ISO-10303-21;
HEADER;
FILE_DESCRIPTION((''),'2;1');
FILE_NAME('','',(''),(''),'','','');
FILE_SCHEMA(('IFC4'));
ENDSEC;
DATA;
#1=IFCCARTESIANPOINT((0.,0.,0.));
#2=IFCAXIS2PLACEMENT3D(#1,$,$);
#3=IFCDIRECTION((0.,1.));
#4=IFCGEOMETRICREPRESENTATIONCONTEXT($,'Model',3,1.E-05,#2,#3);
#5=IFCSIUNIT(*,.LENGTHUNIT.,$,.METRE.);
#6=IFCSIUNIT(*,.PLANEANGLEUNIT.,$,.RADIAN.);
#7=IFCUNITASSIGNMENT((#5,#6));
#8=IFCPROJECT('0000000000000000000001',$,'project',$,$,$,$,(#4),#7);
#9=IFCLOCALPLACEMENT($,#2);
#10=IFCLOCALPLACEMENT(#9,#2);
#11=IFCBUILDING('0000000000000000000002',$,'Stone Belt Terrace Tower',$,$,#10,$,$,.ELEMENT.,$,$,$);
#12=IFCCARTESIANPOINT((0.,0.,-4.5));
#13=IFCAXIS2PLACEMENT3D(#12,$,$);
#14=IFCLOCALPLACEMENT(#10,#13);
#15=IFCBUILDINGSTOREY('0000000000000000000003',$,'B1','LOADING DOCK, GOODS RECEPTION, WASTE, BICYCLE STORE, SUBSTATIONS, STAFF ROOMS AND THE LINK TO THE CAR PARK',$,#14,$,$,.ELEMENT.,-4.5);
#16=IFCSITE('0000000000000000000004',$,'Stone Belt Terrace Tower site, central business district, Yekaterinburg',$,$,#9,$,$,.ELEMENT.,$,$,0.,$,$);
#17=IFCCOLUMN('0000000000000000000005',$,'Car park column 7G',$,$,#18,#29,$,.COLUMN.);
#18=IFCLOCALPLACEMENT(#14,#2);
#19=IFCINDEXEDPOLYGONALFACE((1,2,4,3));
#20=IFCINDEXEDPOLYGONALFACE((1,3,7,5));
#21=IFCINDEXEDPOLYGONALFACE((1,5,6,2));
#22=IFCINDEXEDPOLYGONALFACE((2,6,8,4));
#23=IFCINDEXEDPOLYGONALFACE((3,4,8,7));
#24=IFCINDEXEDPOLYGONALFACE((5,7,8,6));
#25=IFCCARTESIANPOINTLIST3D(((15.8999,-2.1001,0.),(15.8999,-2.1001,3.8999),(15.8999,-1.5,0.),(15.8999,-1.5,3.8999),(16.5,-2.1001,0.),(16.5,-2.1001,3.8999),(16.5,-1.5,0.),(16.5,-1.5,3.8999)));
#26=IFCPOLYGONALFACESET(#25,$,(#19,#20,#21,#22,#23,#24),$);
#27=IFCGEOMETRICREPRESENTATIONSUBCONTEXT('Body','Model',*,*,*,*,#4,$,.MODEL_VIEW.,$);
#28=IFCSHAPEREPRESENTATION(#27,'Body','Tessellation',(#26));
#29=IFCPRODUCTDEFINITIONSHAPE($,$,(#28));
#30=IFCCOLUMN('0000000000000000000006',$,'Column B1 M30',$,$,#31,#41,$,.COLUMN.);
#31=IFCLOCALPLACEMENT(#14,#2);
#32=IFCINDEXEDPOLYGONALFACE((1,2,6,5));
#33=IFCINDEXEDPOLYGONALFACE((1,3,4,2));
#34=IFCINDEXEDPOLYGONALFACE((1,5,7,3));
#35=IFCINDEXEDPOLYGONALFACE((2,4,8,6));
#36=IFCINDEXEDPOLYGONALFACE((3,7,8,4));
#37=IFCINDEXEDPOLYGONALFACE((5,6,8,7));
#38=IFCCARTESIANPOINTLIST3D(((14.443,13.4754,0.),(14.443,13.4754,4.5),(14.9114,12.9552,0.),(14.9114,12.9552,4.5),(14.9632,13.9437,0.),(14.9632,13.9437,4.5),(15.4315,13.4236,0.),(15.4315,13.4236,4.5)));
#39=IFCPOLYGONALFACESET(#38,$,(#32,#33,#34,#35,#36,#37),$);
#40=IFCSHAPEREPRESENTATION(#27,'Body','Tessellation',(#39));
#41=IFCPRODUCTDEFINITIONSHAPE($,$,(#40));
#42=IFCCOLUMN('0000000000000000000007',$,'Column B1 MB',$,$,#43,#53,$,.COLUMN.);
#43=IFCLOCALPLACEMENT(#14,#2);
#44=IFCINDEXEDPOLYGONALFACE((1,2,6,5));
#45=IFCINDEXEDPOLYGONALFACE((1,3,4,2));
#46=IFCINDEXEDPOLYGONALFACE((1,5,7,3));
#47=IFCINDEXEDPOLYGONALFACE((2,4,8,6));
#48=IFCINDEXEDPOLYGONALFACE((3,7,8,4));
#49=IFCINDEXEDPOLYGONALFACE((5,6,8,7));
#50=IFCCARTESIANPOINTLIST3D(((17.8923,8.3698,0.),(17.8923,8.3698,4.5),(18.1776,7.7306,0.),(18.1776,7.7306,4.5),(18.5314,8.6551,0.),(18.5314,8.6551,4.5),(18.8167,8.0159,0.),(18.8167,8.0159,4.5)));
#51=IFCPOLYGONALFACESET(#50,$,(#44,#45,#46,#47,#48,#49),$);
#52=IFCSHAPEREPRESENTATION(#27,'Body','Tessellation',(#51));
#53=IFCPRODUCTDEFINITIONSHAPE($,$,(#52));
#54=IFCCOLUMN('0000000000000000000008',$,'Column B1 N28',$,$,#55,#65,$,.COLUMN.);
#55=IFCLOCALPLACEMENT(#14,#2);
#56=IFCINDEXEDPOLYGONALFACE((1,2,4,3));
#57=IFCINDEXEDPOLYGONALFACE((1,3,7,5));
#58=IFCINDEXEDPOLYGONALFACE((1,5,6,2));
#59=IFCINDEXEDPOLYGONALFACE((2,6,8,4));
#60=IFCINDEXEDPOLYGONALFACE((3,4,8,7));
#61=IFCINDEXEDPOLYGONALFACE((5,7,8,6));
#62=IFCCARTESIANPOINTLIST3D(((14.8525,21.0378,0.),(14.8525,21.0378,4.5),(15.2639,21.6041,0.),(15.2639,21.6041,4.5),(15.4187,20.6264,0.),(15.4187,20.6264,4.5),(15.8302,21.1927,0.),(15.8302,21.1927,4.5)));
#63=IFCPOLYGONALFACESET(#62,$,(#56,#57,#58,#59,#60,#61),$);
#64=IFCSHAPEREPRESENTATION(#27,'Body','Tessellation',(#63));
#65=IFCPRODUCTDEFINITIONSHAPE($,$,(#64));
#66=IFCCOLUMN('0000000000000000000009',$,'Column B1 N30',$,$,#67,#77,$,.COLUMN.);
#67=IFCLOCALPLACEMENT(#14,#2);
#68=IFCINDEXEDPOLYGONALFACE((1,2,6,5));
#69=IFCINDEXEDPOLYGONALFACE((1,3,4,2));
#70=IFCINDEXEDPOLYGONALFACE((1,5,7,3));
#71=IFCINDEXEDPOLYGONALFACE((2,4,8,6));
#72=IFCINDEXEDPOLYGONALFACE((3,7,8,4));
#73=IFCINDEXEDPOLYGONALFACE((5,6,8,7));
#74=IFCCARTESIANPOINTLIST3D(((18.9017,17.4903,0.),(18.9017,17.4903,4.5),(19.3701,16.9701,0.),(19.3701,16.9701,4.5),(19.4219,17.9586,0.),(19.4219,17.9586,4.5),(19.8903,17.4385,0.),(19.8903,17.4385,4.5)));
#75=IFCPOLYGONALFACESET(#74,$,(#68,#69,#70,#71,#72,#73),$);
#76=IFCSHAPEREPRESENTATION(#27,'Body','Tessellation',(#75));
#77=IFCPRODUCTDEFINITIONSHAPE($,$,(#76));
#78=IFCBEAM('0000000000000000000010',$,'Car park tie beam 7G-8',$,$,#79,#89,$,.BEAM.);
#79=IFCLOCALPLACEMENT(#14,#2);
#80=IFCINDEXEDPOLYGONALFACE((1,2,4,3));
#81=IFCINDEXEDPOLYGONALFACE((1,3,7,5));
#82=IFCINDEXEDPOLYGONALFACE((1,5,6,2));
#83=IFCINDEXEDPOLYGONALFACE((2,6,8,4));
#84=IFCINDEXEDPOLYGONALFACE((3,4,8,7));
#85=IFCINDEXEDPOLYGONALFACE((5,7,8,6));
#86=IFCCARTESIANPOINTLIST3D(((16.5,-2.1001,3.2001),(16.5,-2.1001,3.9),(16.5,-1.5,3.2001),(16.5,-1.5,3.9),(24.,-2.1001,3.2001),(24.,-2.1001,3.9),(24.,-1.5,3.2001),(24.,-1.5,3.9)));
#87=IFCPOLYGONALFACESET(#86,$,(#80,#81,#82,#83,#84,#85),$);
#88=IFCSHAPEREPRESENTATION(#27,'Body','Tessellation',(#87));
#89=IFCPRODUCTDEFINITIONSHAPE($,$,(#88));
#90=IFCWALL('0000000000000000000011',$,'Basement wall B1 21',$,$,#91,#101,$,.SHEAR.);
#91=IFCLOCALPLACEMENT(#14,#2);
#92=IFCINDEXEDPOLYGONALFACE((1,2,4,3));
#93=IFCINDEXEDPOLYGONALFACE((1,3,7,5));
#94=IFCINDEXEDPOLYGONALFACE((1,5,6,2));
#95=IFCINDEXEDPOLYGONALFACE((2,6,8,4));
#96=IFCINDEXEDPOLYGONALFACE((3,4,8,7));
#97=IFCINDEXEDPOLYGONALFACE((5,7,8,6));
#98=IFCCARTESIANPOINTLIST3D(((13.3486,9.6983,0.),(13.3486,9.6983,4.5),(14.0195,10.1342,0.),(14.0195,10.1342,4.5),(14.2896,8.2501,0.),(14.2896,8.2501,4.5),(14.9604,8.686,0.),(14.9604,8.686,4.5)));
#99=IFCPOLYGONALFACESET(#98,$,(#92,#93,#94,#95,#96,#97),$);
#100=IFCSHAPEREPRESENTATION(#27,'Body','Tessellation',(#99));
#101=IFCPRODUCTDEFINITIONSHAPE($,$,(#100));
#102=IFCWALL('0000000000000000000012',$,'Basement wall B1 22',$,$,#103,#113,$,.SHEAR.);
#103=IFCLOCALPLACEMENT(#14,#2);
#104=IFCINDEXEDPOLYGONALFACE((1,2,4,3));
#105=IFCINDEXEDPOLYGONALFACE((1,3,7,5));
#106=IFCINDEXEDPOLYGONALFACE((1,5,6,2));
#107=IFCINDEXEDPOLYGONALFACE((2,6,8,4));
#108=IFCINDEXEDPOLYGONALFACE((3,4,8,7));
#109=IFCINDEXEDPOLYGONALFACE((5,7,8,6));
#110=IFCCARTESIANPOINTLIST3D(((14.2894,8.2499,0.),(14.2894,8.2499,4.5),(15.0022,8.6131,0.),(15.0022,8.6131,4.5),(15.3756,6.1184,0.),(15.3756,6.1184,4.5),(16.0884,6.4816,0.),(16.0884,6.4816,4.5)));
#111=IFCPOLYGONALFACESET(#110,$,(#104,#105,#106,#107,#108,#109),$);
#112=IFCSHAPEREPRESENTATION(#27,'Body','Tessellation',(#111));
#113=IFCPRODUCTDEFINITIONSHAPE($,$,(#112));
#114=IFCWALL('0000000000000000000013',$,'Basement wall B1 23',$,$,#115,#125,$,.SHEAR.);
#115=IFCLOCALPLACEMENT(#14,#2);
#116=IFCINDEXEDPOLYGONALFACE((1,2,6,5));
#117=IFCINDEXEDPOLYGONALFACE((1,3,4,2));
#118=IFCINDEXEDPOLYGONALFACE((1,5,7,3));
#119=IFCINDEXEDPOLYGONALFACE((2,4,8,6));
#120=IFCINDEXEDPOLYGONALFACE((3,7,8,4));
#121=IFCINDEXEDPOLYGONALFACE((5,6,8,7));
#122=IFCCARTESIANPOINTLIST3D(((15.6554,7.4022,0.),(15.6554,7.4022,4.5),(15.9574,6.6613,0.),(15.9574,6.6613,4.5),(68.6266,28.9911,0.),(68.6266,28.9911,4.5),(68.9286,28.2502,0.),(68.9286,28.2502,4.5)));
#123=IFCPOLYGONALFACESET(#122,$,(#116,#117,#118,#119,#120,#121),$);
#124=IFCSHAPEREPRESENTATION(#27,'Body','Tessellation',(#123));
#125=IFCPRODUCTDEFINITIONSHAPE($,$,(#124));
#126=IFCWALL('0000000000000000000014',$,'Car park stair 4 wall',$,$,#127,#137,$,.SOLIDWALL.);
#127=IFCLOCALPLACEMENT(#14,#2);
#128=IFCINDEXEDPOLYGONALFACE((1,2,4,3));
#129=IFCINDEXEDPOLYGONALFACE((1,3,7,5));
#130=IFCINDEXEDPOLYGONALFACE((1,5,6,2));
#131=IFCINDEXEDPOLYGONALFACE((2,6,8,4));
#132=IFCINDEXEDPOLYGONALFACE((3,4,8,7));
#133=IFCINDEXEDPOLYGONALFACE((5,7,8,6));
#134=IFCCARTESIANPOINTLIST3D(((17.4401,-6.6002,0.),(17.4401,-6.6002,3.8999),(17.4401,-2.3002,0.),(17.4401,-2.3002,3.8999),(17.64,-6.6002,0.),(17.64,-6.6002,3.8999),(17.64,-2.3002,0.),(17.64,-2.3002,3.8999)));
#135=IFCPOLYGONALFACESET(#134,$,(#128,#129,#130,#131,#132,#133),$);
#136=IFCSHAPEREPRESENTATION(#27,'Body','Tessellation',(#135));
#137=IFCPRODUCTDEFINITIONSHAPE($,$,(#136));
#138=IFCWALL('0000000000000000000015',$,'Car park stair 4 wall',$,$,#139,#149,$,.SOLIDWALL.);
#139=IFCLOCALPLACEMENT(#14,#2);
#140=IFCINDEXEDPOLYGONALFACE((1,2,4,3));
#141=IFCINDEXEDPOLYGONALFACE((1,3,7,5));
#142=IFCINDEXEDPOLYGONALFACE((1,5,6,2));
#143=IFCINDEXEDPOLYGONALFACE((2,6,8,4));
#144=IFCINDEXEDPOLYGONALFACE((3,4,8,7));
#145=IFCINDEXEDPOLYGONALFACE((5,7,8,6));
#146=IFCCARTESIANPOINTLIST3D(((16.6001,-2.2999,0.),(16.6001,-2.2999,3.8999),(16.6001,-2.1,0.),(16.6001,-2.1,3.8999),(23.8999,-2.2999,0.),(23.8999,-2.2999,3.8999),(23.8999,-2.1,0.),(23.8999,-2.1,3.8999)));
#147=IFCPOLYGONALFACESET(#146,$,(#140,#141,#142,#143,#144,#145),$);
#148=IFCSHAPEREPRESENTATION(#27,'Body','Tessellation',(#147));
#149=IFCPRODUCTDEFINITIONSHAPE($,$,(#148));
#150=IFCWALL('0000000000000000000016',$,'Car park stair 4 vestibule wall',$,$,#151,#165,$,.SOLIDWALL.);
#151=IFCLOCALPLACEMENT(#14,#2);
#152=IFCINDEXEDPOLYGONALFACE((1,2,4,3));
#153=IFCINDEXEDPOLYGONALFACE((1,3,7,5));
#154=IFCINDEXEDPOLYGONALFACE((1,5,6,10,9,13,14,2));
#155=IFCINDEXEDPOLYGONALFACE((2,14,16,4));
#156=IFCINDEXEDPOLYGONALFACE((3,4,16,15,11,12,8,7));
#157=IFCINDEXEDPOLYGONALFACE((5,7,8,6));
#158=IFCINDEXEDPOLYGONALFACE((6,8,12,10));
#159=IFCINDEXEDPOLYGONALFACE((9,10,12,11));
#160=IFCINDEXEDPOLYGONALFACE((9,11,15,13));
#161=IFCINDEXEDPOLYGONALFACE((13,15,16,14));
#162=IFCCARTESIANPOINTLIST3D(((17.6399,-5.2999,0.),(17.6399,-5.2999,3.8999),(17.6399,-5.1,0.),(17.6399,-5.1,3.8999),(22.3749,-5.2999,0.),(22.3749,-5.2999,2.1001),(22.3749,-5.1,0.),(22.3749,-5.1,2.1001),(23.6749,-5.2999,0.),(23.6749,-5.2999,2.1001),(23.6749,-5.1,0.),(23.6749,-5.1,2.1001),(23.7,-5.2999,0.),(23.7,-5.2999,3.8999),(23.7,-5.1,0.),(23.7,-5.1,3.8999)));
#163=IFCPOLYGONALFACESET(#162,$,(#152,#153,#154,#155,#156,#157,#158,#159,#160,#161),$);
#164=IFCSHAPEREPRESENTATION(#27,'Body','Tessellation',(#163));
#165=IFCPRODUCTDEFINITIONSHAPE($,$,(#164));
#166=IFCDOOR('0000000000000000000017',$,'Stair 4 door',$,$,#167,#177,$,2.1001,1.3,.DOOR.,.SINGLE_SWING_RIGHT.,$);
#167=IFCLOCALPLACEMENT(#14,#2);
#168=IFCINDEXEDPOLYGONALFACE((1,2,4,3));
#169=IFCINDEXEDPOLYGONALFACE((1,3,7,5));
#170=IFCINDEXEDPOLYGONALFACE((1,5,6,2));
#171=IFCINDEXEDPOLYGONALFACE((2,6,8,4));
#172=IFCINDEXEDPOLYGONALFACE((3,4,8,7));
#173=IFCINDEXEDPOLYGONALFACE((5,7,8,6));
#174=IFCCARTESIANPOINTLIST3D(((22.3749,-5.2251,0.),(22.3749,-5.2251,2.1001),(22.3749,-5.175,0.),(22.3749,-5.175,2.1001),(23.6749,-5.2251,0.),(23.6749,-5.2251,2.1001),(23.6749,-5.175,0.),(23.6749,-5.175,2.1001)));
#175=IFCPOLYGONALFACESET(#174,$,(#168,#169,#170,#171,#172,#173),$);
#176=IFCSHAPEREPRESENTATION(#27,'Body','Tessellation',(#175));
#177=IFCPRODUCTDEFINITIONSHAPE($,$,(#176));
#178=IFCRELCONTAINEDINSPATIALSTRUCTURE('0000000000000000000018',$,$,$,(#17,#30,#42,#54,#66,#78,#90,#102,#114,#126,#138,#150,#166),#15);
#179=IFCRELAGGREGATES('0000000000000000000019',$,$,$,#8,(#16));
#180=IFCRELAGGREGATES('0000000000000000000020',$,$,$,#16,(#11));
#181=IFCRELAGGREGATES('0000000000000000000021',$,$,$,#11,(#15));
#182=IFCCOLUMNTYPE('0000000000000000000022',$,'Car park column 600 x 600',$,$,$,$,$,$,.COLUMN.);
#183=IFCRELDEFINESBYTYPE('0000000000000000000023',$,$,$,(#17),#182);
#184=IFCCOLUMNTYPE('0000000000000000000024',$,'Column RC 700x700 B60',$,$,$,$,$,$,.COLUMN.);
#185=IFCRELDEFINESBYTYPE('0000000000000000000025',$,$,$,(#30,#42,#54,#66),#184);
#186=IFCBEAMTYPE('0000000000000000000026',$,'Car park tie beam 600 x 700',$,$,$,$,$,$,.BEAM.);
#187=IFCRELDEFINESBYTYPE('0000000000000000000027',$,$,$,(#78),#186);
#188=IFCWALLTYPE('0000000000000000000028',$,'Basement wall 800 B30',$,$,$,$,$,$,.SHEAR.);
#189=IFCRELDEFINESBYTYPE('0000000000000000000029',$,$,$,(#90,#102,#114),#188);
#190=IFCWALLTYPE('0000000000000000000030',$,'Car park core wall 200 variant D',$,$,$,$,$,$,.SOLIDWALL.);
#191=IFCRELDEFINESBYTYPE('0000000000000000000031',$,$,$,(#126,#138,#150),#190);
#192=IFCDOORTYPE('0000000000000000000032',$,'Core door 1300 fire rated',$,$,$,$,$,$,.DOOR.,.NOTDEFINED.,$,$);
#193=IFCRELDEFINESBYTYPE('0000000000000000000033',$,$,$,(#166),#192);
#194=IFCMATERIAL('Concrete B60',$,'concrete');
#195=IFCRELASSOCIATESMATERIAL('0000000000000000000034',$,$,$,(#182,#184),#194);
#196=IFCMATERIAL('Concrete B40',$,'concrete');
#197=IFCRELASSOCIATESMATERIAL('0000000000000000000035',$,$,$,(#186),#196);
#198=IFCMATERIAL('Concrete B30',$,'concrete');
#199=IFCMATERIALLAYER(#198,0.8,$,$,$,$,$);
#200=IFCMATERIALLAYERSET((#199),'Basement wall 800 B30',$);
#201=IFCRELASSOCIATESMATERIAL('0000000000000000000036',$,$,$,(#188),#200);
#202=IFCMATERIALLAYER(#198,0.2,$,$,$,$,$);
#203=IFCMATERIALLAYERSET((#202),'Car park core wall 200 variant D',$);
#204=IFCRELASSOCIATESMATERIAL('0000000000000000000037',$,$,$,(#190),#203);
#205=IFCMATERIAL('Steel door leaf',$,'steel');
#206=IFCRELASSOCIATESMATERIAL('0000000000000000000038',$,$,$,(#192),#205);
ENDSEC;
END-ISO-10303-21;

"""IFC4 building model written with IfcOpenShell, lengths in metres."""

from ifc_helpers import new_model, si_unit, direction, frame, frame_2d, origin, origin_2d, place, context, subcontext, project, spatial, rectangle, extrude, material, layer, layer_set, material_profile, profile_set, type_object, element, fill, save


model = new_model("IFC4")

# Units and contexts
model_context = context("Model", 3, precision=1e-05, world=origin(), true_north=direction((0.0, 1.0)))
body_context = subcontext(model_context, "Body", "Model", "MODEL_VIEW")
ifc_project = project(units=[si_unit("LENGTHUNIT", "METRE"), si_unit("PLANEANGLEUNIT", "RADIAN")], contexts=[model_context])

# Site, building, storey
site_placement = place(None, origin())
site = spatial("IfcSite", under=ifc_project, at=site_placement, Name="Stone Belt Terrace Tower site, central business district, Yekaterinburg", CompositionType="ELEMENT", RefElevation=0.0)
building_placement = place(site_placement, origin())
building = spatial("IfcBuilding", under=site, at=building_placement, Name="Stone Belt Terrace Tower", CompositionType="ELEMENT")
storey_placement = place(building_placement, frame((0.0, 0.0, -4.5)))
storey = spatial("IfcBuildingStorey", under=building, at=storey_placement, Name="B1", Description="LOADING DOCK, GOODS RECEPTION, WASTE, BICYCLE STORE, SUBSTATIONS, STAFF ROOMS AND THE LINK TO THE CAR PARK", CompositionType="ELEMENT", Elevation=-4.5)

# Columns
ifc_material_1 = material(Name="Concrete B60", Category="concrete")
ifc_material_profile_1 = material_profile(ifc_material_1, rectangle(XDim=0.6001, YDim=0.6001, at=origin_2d()), Name="Car park column 600 x 600")
ifc_profile_set_1 = profile_set([ifc_material_profile_1], Name="Concrete B60")
column_type_1 = type_object("IfcColumnType", Name="Car park column 600 x 600", PredefinedType="COLUMN", material=ifc_profile_set_1)
column_placement = place(storey_placement, frame((16.2, -1.8, 0.0), z_axis=(0.0, 0.0, 1.0), x_axis=(1.0, 0.0, 0.0)))
element("IfcColumn", 1, at=column_placement, inside=storey, type_object=column_type_1, Name="Car park column 7G", PredefinedType="COLUMN", context=body_context, shape_type="SweptSolid", body=[
    extrude(rectangle(XDim=0.6001, YDim=0.6001, at=origin_2d()), origin(), (0.0, 0.0, 1.0), 3.8999),
])
ifc_material_profile_2 = material_profile(ifc_material_1, rectangle(XDim=0.7, YDim=0.7, at=origin_2d()), Name="RC 700x700")
ifc_profile_set_2 = profile_set([ifc_material_profile_2], Name="Concrete B60")
column_type_2 = type_object("IfcColumnType", Name="Column RC 700x700 B60", PredefinedType="COLUMN", material=ifc_profile_set_2)
for number, where, z_axis, x_axis, name in (
    (2, (14.9373, 13.4495, 0.0), (0.0, 0.0, 1.0), (0.669131, -0.743145, 0.0), "Column B1 M30"),
    (3, (18.3545, 8.1929, 0.0), (0.0, 0.0, 1.0), (0.407599, -0.913161, 0.0), "Column B1 MB"),
    (4, (15.3413, 21.1152, 0.0), (0.0, 0.0, 1.0), (0.809017, -0.587785, 0.0), "Column B1 N28"),
    (5, (19.396, 17.4644, 0.0), (0.0, 0.0, 1.0), (0.669131, -0.743145, 0.0), "Column B1 N30"),
):
    element("IfcColumn", number, at=place(storey_placement, frame(where, z_axis=z_axis, x_axis=x_axis)), inside=storey, type_object=column_type_2, Name=name, PredefinedType="COLUMN", context=body_context, shape_type="SweptSolid", body=[
        extrude(rectangle(XDim=0.7, YDim=0.7, at=origin_2d()), origin(), (0.0, 0.0, 1.0), 4.5),
    ])

# Beam
ifc_material_2 = material(Name="Concrete B40", Category="concrete")
ifc_material_profile_3 = material_profile(ifc_material_2, rectangle(XDim=0.6001, YDim=0.7, at=origin_2d()), Name="Car park tie beam 600 x 700")
ifc_profile_set_3 = profile_set([ifc_material_profile_3], Name="Concrete B40")
beam_type = type_object("IfcBeamType", Name="Car park tie beam 600 x 700", PredefinedType="BEAM", material=ifc_profile_set_3)
beam_placement = place(storey_placement, frame((16.5, -1.8, 3.55), z_axis=(1.0, 0.0, 0.0), x_axis=(0.0, 1.0, 0.0)))
element("IfcBeam", 6, at=beam_placement, inside=storey, type_object=beam_type, Name="Car park tie beam 7G-8", PredefinedType="BEAM", context=body_context, shape_type="SweptSolid", body=[
    extrude(rectangle(XDim=0.6001, YDim=0.7, at=origin_2d()), origin(), (0.0, 0.0, 1.0), 7.5),
])

# Walls
ifc_material_3 = material(Name="Concrete B30", Category="concrete")
ifc_layer_1 = layer(ifc_material_3, 0.8)
ifc_layer_set_1 = layer_set([ifc_layer_1], Name="Basement wall 800 B30")
wall_type_1 = type_object("IfcWallType", Name="Basement wall 800 B30", PredefinedType="SHEAR", material=ifc_layer_set_1)
wall_1_placement = place(storey_placement, frame((13.6841, 9.9163, 0.0), z_axis=(0.0, 0.0, 1.0), x_axis=(0.544809, -0.83856, 0.0)))
element("IfcWall", 7, at=wall_1_placement, inside=storey, type_object=wall_type_1, Name="Basement wall B1 21", PredefinedType="SHEAR", context=body_context, shape_type="SweptSolid", body=[
    extrude(rectangle(XDim=1.7271, YDim=0.8, at=frame_2d((0.8635, 0.0))), origin(), (0.0, 0.0, 1.0), 4.5),
])
wall_2_placement = place(storey_placement, frame((14.6458, 8.4316, 0.0), z_axis=(0.0, 0.0, 1.0), x_axis=(0.454018, -0.890993, 0.0)))
element("IfcWall", 8, at=wall_2_placement, inside=storey, type_object=wall_type_1, Name="Basement wall B1 22", PredefinedType="SHEAR", context=body_context, shape_type="SweptSolid", body=[
    extrude(rectangle(XDim=2.3923, YDim=0.8, at=frame_2d((1.1963, 0.0))), origin(), (0.0, 0.0, 1.0), 4.5),
])
wall_3_placement = place(storey_placement, frame((15.8064, 7.0317, 0.0), z_axis=(0.0, 0.0, 1.0), x_axis=(0.926043, 0.377417, 0.0)))
element("IfcWall", 9, at=wall_3_placement, inside=storey, type_object=wall_type_1, Name="Basement wall B1 23", PredefinedType="SHEAR", context=body_context, shape_type="SweptSolid", body=[
    extrude(rectangle(XDim=57.2017, YDim=0.8, at=frame_2d((28.6008, 0.0))), origin(), (0.0, 0.0, 1.0), 4.5),
])
ifc_layer_2 = layer(ifc_material_3, 0.2)
ifc_layer_set_2 = layer_set([ifc_layer_2], Name="Car park core wall 200 variant D")
wall_type_2 = type_object("IfcWallType", Name="Car park core wall 200 variant D", PredefinedType="SOLIDWALL", material=ifc_layer_set_2)
wall_4_placement = place(storey_placement, frame((17.54, -6.6001, 0.0), z_axis=(0.0, 0.0, 1.0), x_axis=(0.0, 1.0, 0.0)))
element("IfcWall", 10, at=wall_4_placement, inside=storey, type_object=wall_type_2, Name="Car park stair 4 wall", PredefinedType="SOLIDWALL", context=body_context, shape_type="SweptSolid", body=[
    extrude(rectangle(XDim=4.3, YDim=0.2, at=frame_2d((2.1499, 0.0))), origin(), (0.0, 0.0, 1.0), 3.8999),
])
wall_5_placement = place(storey_placement, frame((16.6001, -2.2, 0.0), z_axis=(0.0, 0.0, 1.0), x_axis=(1.0, 0.0, 0.0)))
element("IfcWall", 11, at=wall_5_placement, inside=storey, type_object=wall_type_2, Name="Car park stair 4 wall", PredefinedType="SOLIDWALL", context=body_context, shape_type="SweptSolid", body=[
    extrude(rectangle(XDim=7.2998, YDim=0.2, at=frame_2d((3.6499, 0.0))), origin(), (0.0, 0.0, 1.0), 3.8999),
])

# Wall, opening, door
wall_6_placement = place(storey_placement, frame((17.6399, -5.2, 0.0), z_axis=(0.0, 0.0, 1.0), x_axis=(1.0, 0.0, 0.0)))
wall_6 = element("IfcWall", 12, at=wall_6_placement, inside=storey, type_object=wall_type_2, Name="Car park stair 4 vestibule wall", PredefinedType="SOLIDWALL", context=body_context, shape_type="SweptSolid", body=[
    extrude(rectangle(XDim=6.0601, YDim=0.2, at=frame_2d((3.03, 0.0))), origin(), (0.0, 0.0, 1.0), 3.8999),
])
opening_placement = place(wall_6_placement, frame((4.7351, 0.0, 0.0)))
opening = element("IfcOpeningElement", 13, at=opening_placement, cuts=wall_6, PredefinedType="OPENING", context=body_context, shape_type="SweptSolid", body=[
    extrude(rectangle(XDim=1.3, YDim=2.1001, at=frame_2d((0.6499, 1.05))), frame((0.0, 0.1099, 0.0), z_axis=(0.0, -1.0, 0.0), x_axis=(1.0, 0.0, 0.0)), (0.0, 0.0, 1.0), 0.22),
])
ifc_material_4 = material(Name="Steel door leaf", Category="steel")
door_type = type_object("IfcDoorType", Name="Core door 1300 fire rated", OperationType="NOTDEFINED", PredefinedType="DOOR", material=ifc_material_4)
door_placement = place(opening_placement, origin())
door = element("IfcDoor", 14, at=door_placement, inside=storey, type_object=door_type, Name="Stair 4 door", OperationType="SINGLE_SWING_RIGHT", OverallHeight=2.1001, OverallWidth=1.3, PredefinedType="DOOR", context=body_context, shape_type="SweptSolid", body=[
    extrude(rectangle(XDim=1.3, YDim=2.1001, at=frame_2d((0.6499, 1.05))), frame((0.0, 0.0249, 0.0), z_axis=(0.0, -1.0, 0.0), x_axis=(1.0, 0.0, 0.0)), (0.0, 0.0, 1.0), 0.05),
])
fill(opening, door)

save(model, "model.ifc")
